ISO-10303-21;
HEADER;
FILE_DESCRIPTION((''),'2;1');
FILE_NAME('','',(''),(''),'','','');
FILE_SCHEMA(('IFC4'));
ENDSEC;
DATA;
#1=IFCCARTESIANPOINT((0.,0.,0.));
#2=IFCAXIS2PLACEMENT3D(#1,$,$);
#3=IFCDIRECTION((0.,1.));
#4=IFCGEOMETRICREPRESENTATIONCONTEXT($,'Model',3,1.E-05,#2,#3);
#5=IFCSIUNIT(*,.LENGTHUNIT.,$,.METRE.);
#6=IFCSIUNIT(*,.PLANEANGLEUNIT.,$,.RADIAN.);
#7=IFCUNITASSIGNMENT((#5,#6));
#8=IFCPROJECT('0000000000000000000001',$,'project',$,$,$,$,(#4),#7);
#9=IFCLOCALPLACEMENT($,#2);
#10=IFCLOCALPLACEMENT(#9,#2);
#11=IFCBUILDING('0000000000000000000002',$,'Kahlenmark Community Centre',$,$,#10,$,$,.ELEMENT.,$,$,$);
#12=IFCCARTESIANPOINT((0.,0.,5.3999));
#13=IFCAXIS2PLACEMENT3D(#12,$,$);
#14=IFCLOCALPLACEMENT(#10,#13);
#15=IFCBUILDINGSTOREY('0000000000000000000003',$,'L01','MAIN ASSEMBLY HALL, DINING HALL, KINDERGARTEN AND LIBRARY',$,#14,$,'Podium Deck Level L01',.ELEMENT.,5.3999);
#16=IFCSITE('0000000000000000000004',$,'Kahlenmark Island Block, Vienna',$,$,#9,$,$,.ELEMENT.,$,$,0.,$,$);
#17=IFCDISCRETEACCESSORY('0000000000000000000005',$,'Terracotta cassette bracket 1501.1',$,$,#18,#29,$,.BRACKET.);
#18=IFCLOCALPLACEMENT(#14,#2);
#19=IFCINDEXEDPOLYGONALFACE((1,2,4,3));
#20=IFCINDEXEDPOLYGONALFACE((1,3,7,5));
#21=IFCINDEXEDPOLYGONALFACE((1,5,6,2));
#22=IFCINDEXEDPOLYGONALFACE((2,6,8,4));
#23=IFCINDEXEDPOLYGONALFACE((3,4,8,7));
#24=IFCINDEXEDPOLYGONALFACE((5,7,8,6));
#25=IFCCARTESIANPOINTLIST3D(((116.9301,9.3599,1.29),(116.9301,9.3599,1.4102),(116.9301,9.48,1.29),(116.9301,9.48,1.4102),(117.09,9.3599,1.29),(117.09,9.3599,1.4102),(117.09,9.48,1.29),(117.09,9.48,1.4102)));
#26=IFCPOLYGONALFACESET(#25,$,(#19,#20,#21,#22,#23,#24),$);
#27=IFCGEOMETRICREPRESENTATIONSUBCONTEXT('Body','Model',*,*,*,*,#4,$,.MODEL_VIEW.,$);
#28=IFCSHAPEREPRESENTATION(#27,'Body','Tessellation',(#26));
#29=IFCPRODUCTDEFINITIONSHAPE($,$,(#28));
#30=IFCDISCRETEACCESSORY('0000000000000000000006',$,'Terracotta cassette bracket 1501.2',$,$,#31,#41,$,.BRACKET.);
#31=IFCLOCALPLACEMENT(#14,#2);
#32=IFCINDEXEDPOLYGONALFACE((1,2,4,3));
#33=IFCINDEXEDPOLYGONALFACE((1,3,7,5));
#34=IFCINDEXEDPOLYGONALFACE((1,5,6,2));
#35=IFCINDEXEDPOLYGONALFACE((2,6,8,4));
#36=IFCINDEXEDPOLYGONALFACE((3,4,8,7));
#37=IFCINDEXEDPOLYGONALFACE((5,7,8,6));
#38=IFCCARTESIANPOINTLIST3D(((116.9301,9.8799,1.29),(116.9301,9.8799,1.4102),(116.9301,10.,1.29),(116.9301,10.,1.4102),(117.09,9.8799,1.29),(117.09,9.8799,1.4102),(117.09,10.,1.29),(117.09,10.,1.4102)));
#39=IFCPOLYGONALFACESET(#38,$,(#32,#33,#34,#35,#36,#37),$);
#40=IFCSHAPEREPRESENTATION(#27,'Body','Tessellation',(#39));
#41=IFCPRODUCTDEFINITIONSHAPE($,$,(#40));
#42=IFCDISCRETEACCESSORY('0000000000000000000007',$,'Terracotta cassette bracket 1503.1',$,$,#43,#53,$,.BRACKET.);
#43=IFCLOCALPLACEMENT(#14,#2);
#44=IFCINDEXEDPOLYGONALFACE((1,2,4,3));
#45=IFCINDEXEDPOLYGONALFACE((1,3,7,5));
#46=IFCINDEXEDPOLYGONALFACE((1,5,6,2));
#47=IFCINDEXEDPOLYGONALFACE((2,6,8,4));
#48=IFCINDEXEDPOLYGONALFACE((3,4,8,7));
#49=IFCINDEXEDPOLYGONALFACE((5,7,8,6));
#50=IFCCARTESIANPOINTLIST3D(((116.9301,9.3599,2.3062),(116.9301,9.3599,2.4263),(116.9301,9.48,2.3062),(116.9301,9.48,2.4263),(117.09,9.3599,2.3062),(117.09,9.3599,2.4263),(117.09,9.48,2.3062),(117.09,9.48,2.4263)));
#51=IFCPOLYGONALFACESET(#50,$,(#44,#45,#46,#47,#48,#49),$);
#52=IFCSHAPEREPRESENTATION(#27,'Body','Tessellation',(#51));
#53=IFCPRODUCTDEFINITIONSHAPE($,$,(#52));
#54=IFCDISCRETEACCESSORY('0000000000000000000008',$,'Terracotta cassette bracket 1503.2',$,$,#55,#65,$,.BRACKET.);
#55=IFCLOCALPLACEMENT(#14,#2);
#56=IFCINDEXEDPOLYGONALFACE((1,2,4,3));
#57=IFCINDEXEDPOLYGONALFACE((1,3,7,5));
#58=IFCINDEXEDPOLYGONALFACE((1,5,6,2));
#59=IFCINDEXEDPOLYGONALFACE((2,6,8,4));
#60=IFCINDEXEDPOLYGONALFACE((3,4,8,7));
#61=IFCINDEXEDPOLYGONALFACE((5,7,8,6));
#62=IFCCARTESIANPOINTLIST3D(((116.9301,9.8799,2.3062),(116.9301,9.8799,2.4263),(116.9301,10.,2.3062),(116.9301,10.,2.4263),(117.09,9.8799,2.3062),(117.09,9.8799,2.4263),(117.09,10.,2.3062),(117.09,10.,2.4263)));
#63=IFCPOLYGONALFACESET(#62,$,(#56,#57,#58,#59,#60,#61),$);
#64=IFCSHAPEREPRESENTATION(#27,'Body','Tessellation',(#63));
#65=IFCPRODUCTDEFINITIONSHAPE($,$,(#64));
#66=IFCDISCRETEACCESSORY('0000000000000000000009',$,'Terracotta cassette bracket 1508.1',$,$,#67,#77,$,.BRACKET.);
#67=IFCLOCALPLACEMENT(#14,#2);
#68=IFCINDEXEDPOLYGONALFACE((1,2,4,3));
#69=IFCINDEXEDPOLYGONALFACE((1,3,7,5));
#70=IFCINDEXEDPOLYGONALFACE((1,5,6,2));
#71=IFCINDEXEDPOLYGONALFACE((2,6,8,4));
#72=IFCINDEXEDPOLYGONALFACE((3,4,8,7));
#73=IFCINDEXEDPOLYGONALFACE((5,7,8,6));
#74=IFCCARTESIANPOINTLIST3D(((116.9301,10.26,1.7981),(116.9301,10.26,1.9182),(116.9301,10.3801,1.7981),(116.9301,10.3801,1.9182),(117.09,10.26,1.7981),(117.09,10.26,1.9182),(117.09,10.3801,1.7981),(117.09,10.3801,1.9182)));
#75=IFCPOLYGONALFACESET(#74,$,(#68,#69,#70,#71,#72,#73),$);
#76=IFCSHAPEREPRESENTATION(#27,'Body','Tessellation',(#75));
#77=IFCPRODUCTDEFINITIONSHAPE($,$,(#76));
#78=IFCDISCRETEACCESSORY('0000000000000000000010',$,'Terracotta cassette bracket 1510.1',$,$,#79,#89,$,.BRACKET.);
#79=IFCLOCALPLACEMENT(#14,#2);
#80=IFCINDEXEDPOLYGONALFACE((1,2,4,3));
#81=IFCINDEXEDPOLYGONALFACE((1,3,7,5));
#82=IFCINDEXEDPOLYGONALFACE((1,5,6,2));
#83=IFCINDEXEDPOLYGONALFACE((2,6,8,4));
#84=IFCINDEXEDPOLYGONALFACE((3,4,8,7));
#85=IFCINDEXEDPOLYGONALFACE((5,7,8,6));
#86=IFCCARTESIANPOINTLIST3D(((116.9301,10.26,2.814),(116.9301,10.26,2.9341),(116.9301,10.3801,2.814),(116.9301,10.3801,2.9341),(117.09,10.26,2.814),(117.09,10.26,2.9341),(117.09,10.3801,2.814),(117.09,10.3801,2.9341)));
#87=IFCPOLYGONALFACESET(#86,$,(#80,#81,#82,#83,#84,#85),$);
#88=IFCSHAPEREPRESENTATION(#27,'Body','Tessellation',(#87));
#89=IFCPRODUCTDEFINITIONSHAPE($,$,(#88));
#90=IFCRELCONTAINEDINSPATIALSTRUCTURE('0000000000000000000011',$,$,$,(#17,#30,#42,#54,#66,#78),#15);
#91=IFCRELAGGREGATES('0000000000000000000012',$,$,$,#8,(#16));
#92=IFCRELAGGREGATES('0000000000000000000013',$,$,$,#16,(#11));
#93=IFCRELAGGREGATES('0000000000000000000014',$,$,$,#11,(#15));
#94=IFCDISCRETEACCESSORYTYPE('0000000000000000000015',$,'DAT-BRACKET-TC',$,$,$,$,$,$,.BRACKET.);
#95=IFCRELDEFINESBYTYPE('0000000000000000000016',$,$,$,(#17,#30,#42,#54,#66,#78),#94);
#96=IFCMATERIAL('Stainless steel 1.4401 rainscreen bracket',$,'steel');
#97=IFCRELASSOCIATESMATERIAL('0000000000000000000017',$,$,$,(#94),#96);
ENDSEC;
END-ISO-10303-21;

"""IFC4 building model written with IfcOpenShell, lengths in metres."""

from ifc_helpers import new_model, si_unit, direction, frame, origin, origin_2d, place, context, subcontext, project, spatial, rectangle, extrude, material, type_object, element, save


model = new_model("IFC4")

# Units and contexts
model_context = context("Model", 3, precision=1e-05, world=origin(), true_north=direction((0.0, 1.0)))
body_context = subcontext(model_context, "Body", "Model", "MODEL_VIEW")
ifc_project = project(units=[si_unit("LENGTHUNIT", "METRE"), si_unit("PLANEANGLEUNIT", "RADIAN")], contexts=[model_context])

# Site, building, storey
site_placement = place(None, origin())
site = spatial("IfcSite", under=ifc_project, at=site_placement, Name="Kahlenmark Island Block, Vienna", CompositionType="ELEMENT", RefElevation=0.0)
building_placement = place(site_placement, origin())
building = spatial("IfcBuilding", under=site, at=building_placement, Name="Kahlenmark Community Centre", CompositionType="ELEMENT")
storey_placement = place(building_placement, frame((0.0, 0.0, 5.3999)))
storey = spatial("IfcBuildingStorey", under=building, at=storey_placement, Name="L01", Description="MAIN ASSEMBLY HALL, DINING HALL, KINDERGARTEN AND LIBRARY", LongName="Podium Deck Level L01", CompositionType="ELEMENT", Elevation=5.3999)

# Discrete accessories
ifc_material_1 = material(Name="Stainless steel 1.4401 rainscreen bracket", Category="steel")
discrete_accessory_type = type_object("IfcDiscreteAccessoryType", Name="DAT-BRACKET-TC", PredefinedType="BRACKET", material=ifc_material_1)
for number, where, z_axis, x_axis, name in (
    (1, (117.01, 9.4199, 1.29), (0.0, 0.0, 1.0), (0.0, 1.0, 0.0), "Terracotta cassette bracket 1501.1"),
    (2, (117.01, 9.9399, 1.29), (0.0, 0.0, 1.0), (0.0, 1.0, 0.0), "Terracotta cassette bracket 1501.2"),
    (3, (117.01, 9.4199, 2.3062), (0.0, 0.0, 1.0), (0.0, 1.0, 0.0), "Terracotta cassette bracket 1503.1"),
    (4, (117.01, 9.9399, 2.3062), (0.0, 0.0, 1.0), (0.0, 1.0, 0.0), "Terracotta cassette bracket 1503.2"),
    (5, (117.01, 10.3201, 1.7981), (0.0, 0.0, 1.0), (0.0, 1.0, 0.0), "Terracotta cassette bracket 1508.1"),
    (6, (117.01, 10.3201, 2.814), (0.0, 0.0, 1.0), (0.0, 1.0, 0.0), "Terracotta cassette bracket 1510.1"),
):
    element("IfcDiscreteAccessory", number, at=place(storey_placement, frame(where, z_axis=z_axis, x_axis=x_axis)), inside=storey, type_object=discrete_accessory_type, Name=name, PredefinedType="BRACKET", context=body_context, shape_type="SweptSolid", body=[
        extrude(rectangle(XDim=0.1201, YDim=0.1599, at=origin_2d()), origin(), (0.0, 0.0, 1.0), 0.1201),
    ])

save(model, "model.ifc")
